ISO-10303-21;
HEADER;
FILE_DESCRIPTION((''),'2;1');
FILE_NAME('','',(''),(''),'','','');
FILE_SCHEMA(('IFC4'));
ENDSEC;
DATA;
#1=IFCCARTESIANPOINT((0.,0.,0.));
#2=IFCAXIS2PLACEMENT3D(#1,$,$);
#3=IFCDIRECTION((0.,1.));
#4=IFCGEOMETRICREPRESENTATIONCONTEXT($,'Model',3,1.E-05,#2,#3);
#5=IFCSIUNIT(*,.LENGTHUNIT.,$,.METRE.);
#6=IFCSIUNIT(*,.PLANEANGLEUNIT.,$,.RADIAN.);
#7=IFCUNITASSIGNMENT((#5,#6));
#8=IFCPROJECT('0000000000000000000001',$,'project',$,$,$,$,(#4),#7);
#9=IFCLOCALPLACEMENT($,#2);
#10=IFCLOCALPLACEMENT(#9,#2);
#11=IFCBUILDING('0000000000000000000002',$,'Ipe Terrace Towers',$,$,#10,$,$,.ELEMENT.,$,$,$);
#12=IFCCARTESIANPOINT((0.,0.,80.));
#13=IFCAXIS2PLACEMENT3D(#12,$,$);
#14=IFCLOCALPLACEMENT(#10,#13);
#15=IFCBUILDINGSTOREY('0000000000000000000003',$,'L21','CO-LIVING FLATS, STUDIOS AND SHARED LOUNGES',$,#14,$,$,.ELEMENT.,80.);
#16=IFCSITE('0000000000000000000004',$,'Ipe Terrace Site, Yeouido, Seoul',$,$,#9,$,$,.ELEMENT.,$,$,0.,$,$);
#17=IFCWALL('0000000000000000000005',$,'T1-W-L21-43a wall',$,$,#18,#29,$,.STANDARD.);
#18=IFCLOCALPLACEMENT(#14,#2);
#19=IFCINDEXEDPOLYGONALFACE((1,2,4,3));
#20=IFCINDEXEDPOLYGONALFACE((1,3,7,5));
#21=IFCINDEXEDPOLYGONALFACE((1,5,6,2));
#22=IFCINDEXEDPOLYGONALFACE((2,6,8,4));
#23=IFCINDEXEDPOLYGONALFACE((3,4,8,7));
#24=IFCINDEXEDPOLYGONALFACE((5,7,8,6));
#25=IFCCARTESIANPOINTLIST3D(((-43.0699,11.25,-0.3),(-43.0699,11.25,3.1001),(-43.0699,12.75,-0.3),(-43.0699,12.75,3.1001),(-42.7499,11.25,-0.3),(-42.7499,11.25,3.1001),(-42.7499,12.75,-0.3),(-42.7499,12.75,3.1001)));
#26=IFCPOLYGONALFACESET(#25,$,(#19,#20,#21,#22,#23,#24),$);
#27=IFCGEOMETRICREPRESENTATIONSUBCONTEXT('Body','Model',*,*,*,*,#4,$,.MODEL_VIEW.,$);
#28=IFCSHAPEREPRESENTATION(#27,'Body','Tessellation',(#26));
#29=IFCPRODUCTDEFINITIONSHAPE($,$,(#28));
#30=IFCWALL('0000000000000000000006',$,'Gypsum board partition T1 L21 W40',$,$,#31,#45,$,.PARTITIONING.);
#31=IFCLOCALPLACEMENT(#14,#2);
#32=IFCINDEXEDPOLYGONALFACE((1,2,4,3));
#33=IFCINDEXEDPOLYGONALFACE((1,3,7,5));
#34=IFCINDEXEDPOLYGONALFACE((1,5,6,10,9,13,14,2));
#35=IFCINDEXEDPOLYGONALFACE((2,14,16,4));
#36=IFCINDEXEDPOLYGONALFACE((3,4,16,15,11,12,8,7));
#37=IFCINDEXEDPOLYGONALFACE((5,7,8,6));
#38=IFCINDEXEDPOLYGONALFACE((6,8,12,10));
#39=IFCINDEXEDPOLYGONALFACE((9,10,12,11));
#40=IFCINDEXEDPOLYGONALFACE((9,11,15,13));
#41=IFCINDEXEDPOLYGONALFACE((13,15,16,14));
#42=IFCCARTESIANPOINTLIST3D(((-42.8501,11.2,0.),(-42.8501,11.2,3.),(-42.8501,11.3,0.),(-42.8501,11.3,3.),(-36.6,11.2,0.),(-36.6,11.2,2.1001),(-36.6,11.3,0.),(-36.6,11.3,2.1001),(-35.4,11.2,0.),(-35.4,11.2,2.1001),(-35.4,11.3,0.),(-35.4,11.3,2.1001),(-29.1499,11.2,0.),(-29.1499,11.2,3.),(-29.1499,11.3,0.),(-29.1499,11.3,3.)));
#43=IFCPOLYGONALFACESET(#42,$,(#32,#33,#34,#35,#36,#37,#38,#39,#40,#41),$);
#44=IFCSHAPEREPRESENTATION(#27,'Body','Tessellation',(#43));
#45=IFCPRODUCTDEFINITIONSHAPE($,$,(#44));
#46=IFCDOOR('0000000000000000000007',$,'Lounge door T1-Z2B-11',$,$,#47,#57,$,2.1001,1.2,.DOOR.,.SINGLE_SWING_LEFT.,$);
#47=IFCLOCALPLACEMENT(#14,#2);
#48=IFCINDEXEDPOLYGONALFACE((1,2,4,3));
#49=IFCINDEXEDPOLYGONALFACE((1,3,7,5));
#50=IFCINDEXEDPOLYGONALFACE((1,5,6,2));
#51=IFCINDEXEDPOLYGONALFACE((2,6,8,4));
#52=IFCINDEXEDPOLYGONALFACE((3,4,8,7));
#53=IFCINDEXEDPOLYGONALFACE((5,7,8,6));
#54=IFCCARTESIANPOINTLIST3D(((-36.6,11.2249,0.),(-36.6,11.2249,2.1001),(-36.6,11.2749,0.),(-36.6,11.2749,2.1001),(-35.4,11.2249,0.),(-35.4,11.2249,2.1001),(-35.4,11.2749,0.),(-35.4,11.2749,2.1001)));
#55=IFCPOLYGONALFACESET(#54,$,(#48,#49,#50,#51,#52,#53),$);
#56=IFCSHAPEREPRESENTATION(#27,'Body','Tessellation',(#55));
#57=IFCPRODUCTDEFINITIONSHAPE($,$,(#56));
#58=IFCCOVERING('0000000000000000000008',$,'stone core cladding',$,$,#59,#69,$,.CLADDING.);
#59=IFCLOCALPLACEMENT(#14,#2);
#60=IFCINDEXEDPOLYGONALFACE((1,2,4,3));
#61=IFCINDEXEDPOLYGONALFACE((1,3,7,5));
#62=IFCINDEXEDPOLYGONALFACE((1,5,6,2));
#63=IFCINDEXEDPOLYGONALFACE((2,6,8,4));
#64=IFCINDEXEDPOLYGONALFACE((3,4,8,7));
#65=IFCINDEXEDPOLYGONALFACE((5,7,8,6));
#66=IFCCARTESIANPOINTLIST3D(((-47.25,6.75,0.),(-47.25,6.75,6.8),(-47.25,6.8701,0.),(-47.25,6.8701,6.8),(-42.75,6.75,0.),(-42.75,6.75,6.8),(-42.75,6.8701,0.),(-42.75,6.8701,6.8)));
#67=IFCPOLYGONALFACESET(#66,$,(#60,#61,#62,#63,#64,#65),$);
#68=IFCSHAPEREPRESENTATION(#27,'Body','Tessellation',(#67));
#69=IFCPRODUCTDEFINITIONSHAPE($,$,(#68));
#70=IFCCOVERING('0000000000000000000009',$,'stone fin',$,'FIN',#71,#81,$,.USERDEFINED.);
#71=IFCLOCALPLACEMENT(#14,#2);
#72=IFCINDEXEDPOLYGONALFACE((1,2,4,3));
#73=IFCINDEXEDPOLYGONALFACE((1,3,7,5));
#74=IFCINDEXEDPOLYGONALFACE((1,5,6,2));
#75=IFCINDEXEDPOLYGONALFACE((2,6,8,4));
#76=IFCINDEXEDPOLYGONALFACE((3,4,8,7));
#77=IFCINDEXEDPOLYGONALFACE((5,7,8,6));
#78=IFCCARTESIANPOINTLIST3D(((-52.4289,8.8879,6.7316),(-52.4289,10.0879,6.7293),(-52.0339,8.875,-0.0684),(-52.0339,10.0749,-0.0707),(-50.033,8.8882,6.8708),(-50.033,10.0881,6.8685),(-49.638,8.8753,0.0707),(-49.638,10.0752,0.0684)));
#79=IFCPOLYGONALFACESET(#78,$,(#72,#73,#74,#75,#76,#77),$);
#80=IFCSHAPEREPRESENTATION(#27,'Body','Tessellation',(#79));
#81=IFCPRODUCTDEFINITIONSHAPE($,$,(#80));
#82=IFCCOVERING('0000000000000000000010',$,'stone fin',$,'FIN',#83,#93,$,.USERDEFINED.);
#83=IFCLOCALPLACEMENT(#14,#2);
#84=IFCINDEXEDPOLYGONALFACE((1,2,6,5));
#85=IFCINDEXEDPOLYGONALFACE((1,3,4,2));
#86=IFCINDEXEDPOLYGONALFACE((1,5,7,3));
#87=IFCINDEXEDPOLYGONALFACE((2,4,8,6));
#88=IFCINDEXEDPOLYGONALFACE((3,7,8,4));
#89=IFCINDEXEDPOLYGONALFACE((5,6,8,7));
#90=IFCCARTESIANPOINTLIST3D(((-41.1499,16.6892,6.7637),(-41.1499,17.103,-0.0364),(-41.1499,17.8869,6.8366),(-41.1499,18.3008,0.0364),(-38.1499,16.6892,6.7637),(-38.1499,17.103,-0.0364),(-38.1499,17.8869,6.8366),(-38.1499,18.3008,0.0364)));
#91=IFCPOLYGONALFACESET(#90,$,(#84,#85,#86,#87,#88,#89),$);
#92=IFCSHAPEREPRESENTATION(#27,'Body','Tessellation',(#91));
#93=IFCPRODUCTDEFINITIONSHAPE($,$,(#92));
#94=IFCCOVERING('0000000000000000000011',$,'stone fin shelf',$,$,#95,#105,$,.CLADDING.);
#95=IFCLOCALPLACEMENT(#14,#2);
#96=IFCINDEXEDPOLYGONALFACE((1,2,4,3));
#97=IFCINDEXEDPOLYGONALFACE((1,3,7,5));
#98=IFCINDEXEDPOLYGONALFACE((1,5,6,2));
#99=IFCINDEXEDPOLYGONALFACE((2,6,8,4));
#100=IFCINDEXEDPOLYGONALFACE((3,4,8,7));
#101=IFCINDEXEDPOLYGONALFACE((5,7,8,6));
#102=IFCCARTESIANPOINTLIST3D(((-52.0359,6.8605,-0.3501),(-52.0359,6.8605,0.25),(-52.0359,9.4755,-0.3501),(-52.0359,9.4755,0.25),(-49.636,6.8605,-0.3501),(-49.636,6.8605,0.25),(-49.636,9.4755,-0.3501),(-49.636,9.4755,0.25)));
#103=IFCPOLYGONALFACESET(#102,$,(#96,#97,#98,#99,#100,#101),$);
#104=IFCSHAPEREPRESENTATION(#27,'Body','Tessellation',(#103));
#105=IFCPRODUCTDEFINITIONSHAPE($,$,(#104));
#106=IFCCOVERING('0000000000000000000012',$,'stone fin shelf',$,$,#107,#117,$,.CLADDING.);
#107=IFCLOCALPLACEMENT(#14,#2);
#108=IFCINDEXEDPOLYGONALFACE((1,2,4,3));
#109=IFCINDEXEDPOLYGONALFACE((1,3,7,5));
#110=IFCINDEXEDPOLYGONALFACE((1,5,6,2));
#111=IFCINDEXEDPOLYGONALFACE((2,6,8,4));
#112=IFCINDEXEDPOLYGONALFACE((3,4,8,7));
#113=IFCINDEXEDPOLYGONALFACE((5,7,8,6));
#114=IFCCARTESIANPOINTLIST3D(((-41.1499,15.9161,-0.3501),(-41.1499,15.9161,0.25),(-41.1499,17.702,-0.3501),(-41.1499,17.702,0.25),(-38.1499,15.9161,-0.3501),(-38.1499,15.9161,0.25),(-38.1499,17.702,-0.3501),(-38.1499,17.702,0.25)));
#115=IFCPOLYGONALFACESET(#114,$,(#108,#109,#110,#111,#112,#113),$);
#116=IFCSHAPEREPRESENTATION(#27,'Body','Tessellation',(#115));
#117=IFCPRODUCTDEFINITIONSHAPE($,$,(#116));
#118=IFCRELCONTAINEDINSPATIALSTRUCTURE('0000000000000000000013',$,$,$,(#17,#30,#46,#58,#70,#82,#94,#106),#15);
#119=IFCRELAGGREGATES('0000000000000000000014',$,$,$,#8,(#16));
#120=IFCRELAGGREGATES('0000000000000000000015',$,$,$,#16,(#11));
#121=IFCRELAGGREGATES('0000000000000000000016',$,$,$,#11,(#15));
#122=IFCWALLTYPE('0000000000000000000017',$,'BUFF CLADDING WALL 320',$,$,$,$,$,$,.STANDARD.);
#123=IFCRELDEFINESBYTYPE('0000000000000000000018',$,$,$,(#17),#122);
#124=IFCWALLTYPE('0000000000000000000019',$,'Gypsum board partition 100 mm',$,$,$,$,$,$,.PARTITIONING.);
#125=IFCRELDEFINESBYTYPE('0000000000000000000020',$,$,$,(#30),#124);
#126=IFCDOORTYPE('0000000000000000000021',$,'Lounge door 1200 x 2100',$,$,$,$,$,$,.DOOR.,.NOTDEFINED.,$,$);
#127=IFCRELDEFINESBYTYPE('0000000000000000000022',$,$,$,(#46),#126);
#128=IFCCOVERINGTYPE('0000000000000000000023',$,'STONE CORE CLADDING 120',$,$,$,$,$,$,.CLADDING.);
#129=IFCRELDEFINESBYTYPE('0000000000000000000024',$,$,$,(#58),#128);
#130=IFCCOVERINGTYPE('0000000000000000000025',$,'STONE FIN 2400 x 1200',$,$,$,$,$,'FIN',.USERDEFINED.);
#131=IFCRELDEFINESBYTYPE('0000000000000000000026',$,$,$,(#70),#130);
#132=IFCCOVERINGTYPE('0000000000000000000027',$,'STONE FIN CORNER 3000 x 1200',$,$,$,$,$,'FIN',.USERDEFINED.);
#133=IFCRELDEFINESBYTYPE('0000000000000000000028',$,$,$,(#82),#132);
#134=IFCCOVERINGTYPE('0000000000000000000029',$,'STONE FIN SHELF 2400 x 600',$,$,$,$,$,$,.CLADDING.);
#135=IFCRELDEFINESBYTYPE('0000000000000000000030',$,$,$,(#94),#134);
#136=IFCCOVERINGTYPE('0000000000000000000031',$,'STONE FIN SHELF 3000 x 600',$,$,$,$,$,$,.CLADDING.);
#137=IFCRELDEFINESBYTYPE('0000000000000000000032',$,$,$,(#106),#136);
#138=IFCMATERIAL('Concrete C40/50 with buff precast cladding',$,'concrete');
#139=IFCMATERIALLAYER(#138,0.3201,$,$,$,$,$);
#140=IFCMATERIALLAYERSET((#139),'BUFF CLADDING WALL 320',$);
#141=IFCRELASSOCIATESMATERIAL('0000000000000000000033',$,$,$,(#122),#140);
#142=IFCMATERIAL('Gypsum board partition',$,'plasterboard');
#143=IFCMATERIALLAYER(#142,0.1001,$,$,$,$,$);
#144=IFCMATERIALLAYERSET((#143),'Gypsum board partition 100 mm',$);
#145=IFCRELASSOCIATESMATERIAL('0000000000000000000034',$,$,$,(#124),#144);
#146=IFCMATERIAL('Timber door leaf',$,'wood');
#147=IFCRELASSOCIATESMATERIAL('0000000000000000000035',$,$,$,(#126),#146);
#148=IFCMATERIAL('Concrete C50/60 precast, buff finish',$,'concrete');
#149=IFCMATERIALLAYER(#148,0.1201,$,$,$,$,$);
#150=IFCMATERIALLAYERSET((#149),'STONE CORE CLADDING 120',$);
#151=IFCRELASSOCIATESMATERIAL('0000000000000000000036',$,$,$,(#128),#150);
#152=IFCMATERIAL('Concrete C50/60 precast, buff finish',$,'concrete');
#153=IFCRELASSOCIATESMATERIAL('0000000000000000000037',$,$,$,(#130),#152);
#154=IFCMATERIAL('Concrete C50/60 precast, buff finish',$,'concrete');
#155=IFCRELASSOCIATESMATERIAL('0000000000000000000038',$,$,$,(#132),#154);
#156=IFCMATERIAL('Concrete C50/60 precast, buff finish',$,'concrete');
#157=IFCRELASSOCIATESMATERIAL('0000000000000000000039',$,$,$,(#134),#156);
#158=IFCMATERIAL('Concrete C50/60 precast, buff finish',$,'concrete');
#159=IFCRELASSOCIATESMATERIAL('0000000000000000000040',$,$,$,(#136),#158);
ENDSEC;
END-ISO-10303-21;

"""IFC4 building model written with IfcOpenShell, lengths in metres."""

from ifc_helpers import new_model, si_unit, direction, frame, frame_2d, origin, origin_2d, place, context, subcontext, project, spatial, rectangle, extrude, material, layer, layer_set, material_profile, profile_set, type_object, element, fill, save


model = new_model("IFC4")

# Units and contexts
model_context = context("Model", 3, precision=1e-05, world=origin(), true_north=direction((0.0, 1.0)))
body_context = subcontext(model_context, "Body", "Model", "MODEL_VIEW")
ifc_project = project(units=[si_unit("LENGTHUNIT", "METRE"), si_unit("PLANEANGLEUNIT", "RADIAN")], contexts=[model_context])

# Site, building, storey
site_placement = place(None, origin())
site = spatial("IfcSite", under=ifc_project, at=site_placement, Name="Ipe Terrace Site, Yeouido, Seoul", CompositionType="ELEMENT", RefElevation=0.0)
building_placement = place(site_placement, origin())
building = spatial("IfcBuilding", under=site, at=building_placement, Name="Ipe Terrace Towers", CompositionType="ELEMENT")
storey_placement = place(building_placement, frame((0.0, 0.0, 80.0)))
storey = spatial("IfcBuildingStorey", under=building, at=storey_placement, Name="L21", Description="CO-LIVING FLATS, STUDIOS AND SHARED LOUNGES", CompositionType="ELEMENT", Elevation=80.0)

# Wall
ifc_material_1 = material(Name="Concrete C40/50 with buff precast cladding", Category="concrete")
ifc_layer_1 = layer(ifc_material_1, 0.3201)
ifc_layer_set_1 = layer_set([ifc_layer_1], Name="BUFF CLADDING WALL 320")
wall_type_1 = type_object("IfcWallType", Name="BUFF CLADDING WALL 320", PredefinedType="STANDARD", material=ifc_layer_set_1)
wall_1_placement = place(storey_placement, frame((-42.9099, 12.75, -0.3), z_axis=(0.0, 0.0, 1.0), x_axis=(0.0, -1.0, 0.0)))
element("IfcWall", 1, at=wall_1_placement, inside=storey, type_object=wall_type_1, Name="T1-W-L21-43a wall", PredefinedType="STANDARD", context=body_context, shape_type="SweptSolid", body=[
    extrude(rectangle(XDim=1.5, YDim=0.3201, at=frame_2d((0.75, 0.0))), origin(), (0.0, 0.0, 1.0), 3.4001),
])

# Wall, opening, door
ifc_material_2 = material(Name="Gypsum board partition", Category="plasterboard")
ifc_layer_2 = layer(ifc_material_2, 0.1001)
ifc_layer_set_2 = layer_set([ifc_layer_2], Name="Gypsum board partition 100 mm")
wall_type_2 = type_object("IfcWallType", Name="Gypsum board partition 100 mm", PredefinedType="PARTITIONING", material=ifc_layer_set_2)
wall_2_placement = place(storey_placement, frame((-42.8501, 11.25, 0.0), z_axis=(0.0, 0.0, 1.0), x_axis=(1.0, 0.0, 0.0)))
wall_2 = element("IfcWall", 2, at=wall_2_placement, inside=storey, type_object=wall_type_2, Name="Gypsum board partition T1 L21 W40", PredefinedType="PARTITIONING", context=body_context, shape_type="SweptSolid", body=[
    extrude(rectangle(XDim=13.7002, YDim=0.1001, at=frame_2d((6.8501, 0.0))), origin(), (0.0, 0.0, 1.0), 3.0),
])
opening_placement = place(wall_2_placement, frame((6.25, 0.0, 0.0)))
opening = element("IfcOpeningElement", 3, at=opening_placement, cuts=wall_2, PredefinedType="OPENING", context=body_context, shape_type="SweptSolid", body=[
    extrude(rectangle(XDim=1.2, YDim=2.1001, at=frame_2d((0.6001, 1.05))), frame((0.0, 0.0601, 0.0), z_axis=(0.0, -1.0, 0.0), x_axis=(1.0, 0.0, 0.0)), (0.0, 0.0, 1.0), 0.1201),
])
ifc_material_3 = material(Name="Timber door leaf", Category="wood")
door_type = type_object("IfcDoorType", Name="Lounge door 1200 x 2100", OperationType="NOTDEFINED", PredefinedType="DOOR", material=ifc_material_3)
door_placement = place(opening_placement, origin())
door = element("IfcDoor", 4, at=door_placement, inside=storey, type_object=door_type, Name="Lounge door T1-Z2B-11", OperationType="SINGLE_SWING_LEFT", OverallHeight=2.1001, OverallWidth=1.2, PredefinedType="DOOR", context=body_context, shape_type="SweptSolid", body=[
    extrude(rectangle(XDim=1.2, YDim=2.1001, at=frame_2d((0.6001, 1.05))), frame((0.0, 0.0249, 0.0), z_axis=(0.0, -1.0, 0.0), x_axis=(1.0, 0.0, 0.0)), (0.0, 0.0, 1.0), 0.05),
])
fill(opening, door)

# Coverings
ifc_material_4 = material(Name="Concrete C50/60 precast, buff finish", Category="concrete")
ifc_layer_3 = layer(ifc_material_4, 0.1201)
ifc_layer_set_3 = layer_set([ifc_layer_3], Name="STONE CORE CLADDING 120")
covering_type_1 = type_object("IfcCoveringType", Name="STONE CORE CLADDING 120", PredefinedType="CLADDING", material=ifc_layer_set_3)
covering_1_placement = place(storey_placement, frame((-45.0, 6.8101, 0.0), z_axis=(0.0, 0.0, 1.0), x_axis=(-1.0, 0.0, 0.0)))
element("IfcCovering", 5, at=covering_1_placement, inside=storey, type_object=covering_type_1, Name="stone core cladding", PredefinedType="CLADDING", context=body_context, shape_type="SweptSolid", body=[
    extrude(rectangle(XDim=4.5, YDim=0.1201, at=origin_2d()), origin(), (0.0, 0.0, 1.0), 6.8),
])
ifc_material_5 = material(Name="Concrete C50/60 precast, buff finish", Category="concrete")
ifc_material_profile_1 = material_profile(ifc_material_5, rectangle(XDim=2.3999, YDim=1.2, at=origin_2d()), Name="STONE FIN 2400 x 1200")
ifc_profile_set_1 = profile_set([ifc_material_profile_1], Name="Concrete C50/60 precast, buff finish")
covering_type_2 = type_object("IfcCoveringType", Name="STONE FIN 2400 x 1200", ElementType="FIN", PredefinedType="USERDEFINED", material=ifc_profile_set_1)
covering_2_placement = place(storey_placement, frame((-50.8359, 9.4751, 0.0), z_axis=(-0.057993, 0.0019, 0.998315), x_axis=(-0.998317, -0.00011, -0.057993)))
element("IfcCovering", 6, at=covering_2_placement, inside=storey, type_object=covering_type_2, Name="stone fin", ObjectType="FIN", PredefinedType="USERDEFINED", context=body_context, shape_type="SweptSolid", body=[
    extrude(rectangle(XDim=2.3999, YDim=1.2, at=origin_2d()), origin(), (0.0, 0.0, 1.0), 6.8115),
])
ifc_material_6 = material(Name="Concrete C50/60 precast, buff finish", Category="concrete")
ifc_material_profile_2 = material_profile(ifc_material_6, rectangle(XDim=3.0, YDim=1.2, at=origin_2d()), Name="STONE FIN CORNER 3000 x 1200")
ifc_profile_set_2 = profile_set([ifc_material_profile_2], Name="Concrete C50/60 precast, buff finish")
covering_type_3 = type_object("IfcCoveringType", Name="STONE FIN CORNER 3000 x 1200", ElementType="FIN", PredefinedType="USERDEFINED", material=ifc_profile_set_2)
covering_3_placement = place(storey_placement, frame((-39.6499, 17.7019, 0.0), z_axis=(0.0, -0.060743, 0.998153), x_axis=(-1.0, 0.0, 0.0)))
element("IfcCovering", 7, at=covering_3_placement, inside=storey, type_object=covering_type_3, Name="stone fin", ObjectType="FIN", PredefinedType="USERDEFINED", context=body_context, shape_type="SweptSolid", body=[
    extrude(rectangle(XDim=3.0, YDim=1.2, at=origin_2d()), origin(), (0.0, 0.0, 1.0), 6.8127),
])
ifc_material_7 = material(Name="Concrete C50/60 precast, buff finish", Category="concrete")
covering_type_4 = type_object("IfcCoveringType", Name="STONE FIN SHELF 2400 x 600", PredefinedType="CLADDING", material=ifc_material_7)
covering_4_placement = place(storey_placement, frame((-50.8359, 8.168, -0.3501), z_axis=(0.0, 0.0, 1.0), x_axis=(-1.0, 0.0, 0.0)))
element("IfcCovering", 8, at=covering_4_placement, inside=storey, type_object=covering_type_4, Name="stone fin shelf", PredefinedType="CLADDING", context=body_context, shape_type="SweptSolid", body=[
    extrude(rectangle(XDim=2.3999, YDim=2.615, at=origin_2d()), origin(), (0.0, 0.0, 1.0), 0.6001),
])
ifc_material_8 = material(Name="Concrete C50/60 precast, buff finish", Category="concrete")
covering_type_5 = type_object("IfcCoveringType", Name="STONE FIN SHELF 3000 x 600", PredefinedType="CLADDING", material=ifc_material_8)
covering_5_placement = place(storey_placement, frame((-39.6499, 16.8091, -0.3501), z_axis=(0.0, 0.0, 1.0), x_axis=(-1.0, 0.0, 0.0)))
element("IfcCovering", 9, at=covering_5_placement, inside=storey, type_object=covering_type_5, Name="stone fin shelf", PredefinedType="CLADDING", context=body_context, shape_type="SweptSolid", body=[
    extrude(rectangle(XDim=3.0, YDim=1.7859, at=origin_2d()), origin(), (0.0, 0.0, 1.0), 0.6001),
])

save(model, "model.ifc")
